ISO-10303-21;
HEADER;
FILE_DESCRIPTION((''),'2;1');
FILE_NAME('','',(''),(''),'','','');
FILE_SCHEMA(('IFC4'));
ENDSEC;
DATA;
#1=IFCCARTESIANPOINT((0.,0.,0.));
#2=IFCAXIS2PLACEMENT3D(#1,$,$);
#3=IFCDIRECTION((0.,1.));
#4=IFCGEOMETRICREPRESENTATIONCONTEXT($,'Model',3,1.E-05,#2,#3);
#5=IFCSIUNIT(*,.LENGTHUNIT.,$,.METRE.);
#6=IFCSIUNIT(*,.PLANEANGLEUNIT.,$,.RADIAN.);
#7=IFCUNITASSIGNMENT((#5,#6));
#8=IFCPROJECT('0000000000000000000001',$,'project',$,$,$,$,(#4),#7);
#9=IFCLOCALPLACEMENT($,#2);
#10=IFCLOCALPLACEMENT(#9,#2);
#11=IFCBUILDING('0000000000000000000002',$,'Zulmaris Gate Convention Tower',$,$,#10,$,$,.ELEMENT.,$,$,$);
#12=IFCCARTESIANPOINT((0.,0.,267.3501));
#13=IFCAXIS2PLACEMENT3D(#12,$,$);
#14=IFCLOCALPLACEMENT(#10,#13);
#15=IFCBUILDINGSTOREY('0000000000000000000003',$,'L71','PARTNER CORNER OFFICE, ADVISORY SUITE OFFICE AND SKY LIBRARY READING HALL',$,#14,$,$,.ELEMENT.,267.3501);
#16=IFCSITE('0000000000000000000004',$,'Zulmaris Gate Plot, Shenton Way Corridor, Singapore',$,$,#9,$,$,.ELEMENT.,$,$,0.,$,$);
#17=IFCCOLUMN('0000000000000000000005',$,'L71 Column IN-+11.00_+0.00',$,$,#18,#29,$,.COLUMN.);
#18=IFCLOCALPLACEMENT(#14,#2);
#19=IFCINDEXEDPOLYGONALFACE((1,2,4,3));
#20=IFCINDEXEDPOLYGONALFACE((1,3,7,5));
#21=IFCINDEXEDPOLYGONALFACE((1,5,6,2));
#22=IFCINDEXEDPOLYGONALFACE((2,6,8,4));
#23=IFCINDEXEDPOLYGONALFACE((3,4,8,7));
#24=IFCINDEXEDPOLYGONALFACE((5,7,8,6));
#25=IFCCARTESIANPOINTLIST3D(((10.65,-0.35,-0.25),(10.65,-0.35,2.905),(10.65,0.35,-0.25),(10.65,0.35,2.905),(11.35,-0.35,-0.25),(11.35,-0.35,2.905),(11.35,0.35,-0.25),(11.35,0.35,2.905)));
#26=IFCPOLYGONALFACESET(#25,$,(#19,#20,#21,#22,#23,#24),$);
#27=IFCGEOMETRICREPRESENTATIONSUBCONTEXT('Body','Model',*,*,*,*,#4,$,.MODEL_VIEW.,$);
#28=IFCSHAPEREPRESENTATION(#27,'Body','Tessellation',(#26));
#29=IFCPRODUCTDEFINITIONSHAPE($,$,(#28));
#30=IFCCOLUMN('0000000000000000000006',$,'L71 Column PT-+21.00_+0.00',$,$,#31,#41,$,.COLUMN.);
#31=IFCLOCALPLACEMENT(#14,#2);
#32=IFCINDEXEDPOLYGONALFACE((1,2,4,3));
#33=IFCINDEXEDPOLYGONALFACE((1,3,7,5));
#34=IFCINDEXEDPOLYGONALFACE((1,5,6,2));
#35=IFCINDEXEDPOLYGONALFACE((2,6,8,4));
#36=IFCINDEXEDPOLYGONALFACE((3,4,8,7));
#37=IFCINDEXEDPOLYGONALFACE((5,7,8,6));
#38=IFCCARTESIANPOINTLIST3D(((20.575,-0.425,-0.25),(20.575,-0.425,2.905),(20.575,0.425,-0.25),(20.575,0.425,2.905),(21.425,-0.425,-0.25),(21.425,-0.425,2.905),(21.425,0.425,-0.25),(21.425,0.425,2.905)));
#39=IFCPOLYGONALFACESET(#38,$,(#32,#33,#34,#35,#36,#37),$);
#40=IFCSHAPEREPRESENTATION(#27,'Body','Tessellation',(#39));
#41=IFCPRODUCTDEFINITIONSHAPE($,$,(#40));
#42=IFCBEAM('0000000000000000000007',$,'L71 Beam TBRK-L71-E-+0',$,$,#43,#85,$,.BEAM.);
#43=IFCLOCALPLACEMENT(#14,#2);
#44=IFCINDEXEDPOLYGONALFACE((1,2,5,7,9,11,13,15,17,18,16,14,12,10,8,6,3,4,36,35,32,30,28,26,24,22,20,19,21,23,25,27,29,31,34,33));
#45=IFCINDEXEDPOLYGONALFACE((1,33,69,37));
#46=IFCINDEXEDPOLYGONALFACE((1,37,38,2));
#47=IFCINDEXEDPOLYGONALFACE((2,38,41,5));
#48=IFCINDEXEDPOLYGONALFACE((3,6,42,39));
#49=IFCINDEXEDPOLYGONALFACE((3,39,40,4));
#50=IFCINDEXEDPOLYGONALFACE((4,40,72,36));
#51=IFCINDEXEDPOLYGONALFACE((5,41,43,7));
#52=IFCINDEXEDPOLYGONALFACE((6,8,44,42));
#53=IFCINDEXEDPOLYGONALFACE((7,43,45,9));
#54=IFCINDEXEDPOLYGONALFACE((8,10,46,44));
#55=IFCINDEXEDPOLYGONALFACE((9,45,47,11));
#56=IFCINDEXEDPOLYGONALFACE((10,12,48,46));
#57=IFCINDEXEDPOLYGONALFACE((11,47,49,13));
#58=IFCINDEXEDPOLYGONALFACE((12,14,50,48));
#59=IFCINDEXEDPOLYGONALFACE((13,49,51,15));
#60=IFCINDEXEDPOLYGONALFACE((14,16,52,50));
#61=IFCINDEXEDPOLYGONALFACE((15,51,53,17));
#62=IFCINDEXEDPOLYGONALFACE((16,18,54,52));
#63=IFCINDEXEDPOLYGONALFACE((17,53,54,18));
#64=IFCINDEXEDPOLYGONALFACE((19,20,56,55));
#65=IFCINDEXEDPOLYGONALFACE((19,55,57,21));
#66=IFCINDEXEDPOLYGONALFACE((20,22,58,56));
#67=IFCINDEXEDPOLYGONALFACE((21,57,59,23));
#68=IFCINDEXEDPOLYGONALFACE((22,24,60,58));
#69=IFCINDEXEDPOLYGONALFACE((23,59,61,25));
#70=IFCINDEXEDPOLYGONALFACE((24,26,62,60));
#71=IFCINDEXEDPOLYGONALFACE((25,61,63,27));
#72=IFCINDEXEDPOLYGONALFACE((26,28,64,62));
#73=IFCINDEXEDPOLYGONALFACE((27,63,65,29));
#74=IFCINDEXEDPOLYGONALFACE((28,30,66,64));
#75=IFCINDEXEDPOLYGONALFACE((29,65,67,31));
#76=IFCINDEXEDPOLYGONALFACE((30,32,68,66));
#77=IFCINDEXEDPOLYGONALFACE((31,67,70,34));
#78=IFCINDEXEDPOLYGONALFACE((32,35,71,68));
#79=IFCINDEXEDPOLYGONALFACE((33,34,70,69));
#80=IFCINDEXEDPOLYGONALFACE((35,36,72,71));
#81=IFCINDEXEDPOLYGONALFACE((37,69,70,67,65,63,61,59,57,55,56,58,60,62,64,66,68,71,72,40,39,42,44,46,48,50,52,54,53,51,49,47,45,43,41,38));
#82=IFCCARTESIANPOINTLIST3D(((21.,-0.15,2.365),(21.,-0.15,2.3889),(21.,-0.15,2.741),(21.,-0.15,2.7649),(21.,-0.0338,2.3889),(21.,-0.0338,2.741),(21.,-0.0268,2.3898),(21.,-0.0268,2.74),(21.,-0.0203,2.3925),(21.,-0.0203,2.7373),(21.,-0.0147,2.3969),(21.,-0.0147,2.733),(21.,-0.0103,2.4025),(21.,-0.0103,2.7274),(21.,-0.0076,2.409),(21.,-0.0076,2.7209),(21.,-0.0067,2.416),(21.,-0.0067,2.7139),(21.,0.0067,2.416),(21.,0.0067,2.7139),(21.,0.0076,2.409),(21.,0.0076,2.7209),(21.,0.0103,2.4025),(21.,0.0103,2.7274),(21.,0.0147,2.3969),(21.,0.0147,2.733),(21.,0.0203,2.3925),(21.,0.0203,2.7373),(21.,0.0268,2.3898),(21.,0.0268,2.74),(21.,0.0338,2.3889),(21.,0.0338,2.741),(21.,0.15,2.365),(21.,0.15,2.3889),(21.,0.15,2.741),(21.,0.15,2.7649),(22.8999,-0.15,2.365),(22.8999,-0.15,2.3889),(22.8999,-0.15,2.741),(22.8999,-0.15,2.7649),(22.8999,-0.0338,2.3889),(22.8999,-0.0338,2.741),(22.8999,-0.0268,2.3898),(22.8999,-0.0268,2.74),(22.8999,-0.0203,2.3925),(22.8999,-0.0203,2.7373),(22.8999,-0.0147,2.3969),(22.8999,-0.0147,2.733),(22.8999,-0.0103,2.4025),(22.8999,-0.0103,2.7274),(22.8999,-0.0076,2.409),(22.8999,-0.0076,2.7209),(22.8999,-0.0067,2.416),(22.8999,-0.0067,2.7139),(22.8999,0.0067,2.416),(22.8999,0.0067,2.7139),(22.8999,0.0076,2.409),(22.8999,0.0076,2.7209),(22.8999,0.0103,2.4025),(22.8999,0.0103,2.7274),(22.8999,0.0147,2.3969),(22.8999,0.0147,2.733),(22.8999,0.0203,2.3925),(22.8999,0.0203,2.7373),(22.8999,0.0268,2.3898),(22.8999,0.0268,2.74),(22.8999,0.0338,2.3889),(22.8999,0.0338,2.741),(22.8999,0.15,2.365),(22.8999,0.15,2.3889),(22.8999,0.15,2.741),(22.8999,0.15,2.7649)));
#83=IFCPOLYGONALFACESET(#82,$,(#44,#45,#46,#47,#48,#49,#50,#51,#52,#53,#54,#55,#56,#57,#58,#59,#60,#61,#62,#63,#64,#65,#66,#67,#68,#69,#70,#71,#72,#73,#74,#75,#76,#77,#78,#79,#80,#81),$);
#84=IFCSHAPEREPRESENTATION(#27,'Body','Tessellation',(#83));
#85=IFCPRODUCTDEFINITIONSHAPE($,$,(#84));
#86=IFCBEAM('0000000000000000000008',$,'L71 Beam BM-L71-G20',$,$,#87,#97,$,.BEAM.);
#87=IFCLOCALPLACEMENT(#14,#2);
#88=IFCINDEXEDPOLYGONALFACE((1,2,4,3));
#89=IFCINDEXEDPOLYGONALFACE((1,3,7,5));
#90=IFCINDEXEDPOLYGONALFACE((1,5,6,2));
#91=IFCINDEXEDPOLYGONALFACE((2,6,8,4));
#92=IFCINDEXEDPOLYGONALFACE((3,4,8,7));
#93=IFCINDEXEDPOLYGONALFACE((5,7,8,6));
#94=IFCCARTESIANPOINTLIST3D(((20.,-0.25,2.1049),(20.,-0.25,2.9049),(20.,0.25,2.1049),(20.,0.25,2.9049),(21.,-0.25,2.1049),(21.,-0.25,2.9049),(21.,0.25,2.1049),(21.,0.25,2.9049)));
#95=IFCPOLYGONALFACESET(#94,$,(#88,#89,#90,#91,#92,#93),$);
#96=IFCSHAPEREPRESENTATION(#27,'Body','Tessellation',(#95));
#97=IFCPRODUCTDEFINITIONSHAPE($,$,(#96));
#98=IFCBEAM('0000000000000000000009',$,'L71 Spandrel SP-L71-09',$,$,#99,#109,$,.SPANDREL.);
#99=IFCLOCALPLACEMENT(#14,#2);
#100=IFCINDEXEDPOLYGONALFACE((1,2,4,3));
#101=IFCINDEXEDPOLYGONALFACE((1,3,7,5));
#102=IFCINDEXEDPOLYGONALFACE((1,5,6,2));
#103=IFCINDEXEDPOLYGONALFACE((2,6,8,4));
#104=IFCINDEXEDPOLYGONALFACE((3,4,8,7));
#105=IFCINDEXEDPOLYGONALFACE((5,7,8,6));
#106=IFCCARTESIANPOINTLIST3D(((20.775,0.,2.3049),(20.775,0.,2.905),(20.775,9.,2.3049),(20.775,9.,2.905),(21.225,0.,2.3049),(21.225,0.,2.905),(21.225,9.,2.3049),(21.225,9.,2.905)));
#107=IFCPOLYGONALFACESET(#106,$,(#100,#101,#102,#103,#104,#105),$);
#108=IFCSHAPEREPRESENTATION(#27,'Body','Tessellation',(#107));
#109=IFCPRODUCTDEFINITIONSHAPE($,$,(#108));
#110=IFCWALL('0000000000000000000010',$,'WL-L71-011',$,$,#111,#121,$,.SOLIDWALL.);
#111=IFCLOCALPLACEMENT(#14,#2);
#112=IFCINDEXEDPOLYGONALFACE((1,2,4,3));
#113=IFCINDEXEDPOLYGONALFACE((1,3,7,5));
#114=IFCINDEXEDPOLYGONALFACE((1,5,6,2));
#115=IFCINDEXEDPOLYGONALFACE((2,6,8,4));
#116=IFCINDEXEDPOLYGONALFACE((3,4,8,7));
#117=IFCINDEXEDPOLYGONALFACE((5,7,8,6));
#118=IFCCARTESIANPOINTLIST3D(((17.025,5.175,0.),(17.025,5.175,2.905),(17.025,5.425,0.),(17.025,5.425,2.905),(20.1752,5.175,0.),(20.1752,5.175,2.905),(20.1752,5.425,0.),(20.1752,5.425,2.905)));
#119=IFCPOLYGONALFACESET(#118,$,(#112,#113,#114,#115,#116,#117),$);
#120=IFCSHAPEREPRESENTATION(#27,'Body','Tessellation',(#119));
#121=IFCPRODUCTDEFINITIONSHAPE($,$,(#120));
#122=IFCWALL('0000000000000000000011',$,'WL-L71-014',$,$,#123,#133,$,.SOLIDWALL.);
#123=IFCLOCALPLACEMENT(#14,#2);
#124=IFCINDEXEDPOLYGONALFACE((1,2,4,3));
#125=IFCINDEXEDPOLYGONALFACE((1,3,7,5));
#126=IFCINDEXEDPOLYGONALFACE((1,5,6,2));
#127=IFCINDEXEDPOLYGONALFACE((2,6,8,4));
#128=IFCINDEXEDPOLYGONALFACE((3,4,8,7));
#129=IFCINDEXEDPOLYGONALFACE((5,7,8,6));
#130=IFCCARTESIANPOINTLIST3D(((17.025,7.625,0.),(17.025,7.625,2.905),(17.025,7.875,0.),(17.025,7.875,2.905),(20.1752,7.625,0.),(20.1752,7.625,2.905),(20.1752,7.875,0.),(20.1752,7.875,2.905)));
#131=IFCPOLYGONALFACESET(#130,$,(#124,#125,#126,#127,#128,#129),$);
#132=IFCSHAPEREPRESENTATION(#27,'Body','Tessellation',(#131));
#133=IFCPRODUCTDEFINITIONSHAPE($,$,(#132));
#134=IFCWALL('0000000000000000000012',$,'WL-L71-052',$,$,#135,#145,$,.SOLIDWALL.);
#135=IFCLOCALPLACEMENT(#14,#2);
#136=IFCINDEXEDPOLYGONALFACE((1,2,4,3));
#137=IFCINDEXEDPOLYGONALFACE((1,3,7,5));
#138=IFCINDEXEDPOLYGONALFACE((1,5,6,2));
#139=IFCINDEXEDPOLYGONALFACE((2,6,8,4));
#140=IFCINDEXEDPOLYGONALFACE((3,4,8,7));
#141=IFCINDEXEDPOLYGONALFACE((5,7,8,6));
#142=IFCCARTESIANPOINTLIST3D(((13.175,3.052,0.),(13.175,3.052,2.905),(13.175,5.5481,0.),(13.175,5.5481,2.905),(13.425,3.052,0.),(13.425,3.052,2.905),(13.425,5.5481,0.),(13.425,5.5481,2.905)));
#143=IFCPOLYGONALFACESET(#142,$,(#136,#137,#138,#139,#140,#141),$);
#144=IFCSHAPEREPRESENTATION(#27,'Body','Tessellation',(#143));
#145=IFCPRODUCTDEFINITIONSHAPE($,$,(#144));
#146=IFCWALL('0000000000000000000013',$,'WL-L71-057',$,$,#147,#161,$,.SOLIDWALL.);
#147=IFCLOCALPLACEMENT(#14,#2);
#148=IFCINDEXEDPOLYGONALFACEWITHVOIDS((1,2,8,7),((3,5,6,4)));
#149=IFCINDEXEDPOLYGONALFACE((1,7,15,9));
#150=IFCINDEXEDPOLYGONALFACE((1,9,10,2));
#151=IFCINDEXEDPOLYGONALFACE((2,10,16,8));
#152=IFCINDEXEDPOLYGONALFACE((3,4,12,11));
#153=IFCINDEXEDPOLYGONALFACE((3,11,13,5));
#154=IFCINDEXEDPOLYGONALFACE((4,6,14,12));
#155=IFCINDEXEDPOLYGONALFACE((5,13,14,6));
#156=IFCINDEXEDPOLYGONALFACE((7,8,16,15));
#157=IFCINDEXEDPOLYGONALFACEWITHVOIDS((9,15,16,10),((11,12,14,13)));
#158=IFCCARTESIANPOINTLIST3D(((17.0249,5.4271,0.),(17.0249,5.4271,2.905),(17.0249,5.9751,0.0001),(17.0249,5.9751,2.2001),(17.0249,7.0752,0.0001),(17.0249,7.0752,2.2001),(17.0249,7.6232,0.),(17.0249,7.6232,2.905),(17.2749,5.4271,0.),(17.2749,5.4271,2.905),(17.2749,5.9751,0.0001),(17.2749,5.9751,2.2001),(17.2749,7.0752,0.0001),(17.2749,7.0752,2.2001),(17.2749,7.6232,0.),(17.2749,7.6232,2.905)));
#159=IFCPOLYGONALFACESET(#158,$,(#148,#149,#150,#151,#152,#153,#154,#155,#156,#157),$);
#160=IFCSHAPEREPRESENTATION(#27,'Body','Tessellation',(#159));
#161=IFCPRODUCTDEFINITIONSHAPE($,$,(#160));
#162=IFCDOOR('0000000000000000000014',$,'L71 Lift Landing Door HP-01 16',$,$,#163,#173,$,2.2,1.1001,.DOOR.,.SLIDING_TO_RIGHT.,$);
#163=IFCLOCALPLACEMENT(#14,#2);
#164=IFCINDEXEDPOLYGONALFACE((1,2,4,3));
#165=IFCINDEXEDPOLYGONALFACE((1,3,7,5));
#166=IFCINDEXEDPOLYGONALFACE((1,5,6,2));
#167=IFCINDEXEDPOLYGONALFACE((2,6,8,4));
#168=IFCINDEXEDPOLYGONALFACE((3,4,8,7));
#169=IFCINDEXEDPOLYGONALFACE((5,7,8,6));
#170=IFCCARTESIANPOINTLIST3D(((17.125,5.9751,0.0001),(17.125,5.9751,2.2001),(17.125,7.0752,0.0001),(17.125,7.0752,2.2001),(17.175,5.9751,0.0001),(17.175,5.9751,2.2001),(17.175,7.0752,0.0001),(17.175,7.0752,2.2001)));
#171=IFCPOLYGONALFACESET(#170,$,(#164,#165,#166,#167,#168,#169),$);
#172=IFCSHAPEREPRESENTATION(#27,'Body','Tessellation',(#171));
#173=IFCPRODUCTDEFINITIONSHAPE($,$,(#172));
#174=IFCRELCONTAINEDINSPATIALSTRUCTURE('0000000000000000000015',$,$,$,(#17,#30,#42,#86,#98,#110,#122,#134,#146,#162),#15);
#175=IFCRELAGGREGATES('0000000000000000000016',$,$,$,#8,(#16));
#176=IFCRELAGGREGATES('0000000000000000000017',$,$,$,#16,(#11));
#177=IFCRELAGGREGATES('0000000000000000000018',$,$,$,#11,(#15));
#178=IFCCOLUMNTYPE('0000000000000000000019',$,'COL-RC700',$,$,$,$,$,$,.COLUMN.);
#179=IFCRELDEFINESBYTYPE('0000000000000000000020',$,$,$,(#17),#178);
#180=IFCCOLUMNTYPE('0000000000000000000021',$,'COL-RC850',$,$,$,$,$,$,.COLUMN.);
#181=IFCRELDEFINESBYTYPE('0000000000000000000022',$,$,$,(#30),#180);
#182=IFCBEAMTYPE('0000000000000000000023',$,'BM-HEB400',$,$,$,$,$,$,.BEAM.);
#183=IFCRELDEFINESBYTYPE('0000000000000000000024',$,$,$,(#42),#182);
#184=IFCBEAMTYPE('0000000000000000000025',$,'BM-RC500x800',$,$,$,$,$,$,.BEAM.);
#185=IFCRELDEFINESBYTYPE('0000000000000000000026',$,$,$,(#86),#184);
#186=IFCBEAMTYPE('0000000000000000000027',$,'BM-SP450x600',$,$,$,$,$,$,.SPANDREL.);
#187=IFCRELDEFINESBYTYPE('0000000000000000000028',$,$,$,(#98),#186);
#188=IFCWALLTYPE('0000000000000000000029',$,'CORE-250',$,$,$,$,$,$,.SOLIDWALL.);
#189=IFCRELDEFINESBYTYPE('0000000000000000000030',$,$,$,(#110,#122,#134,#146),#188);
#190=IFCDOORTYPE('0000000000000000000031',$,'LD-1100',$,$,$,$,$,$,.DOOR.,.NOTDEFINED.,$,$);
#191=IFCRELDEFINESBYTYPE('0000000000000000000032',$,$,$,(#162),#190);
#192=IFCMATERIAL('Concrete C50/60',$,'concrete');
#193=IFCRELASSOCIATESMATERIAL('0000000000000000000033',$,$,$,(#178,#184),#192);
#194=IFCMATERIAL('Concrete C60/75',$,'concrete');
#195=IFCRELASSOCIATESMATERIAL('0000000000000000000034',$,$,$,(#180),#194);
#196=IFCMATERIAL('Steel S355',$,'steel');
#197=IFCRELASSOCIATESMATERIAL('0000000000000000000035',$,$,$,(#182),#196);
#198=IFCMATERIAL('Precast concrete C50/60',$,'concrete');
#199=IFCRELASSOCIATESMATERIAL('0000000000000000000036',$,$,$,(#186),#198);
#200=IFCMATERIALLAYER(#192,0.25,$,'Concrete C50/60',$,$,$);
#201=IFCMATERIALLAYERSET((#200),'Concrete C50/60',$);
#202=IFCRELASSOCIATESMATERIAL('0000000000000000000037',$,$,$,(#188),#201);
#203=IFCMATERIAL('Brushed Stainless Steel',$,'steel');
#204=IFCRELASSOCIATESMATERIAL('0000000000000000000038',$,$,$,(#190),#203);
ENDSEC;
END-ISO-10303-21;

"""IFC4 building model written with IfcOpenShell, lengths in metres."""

from ifc_helpers import new_model, si_unit, direction, frame, frame_2d, origin, origin_2d, place, context, subcontext, project, spatial, rectangle, i_section, extrude, material, layer, layer_set, material_profile, profile_set, type_object, element, fill, save


model = new_model("IFC4")

# Units and contexts
model_context = context("Model", 3, precision=1e-05, world=origin(), true_north=direction((0.0, 1.0)))
body_context = subcontext(model_context, "Body", "Model", "MODEL_VIEW")
ifc_project = project(units=[si_unit("LENGTHUNIT", "METRE"), si_unit("PLANEANGLEUNIT", "RADIAN")], contexts=[model_context])

# Site, building, storey
site_placement = place(None, origin())
site = spatial("IfcSite", under=ifc_project, at=site_placement, Name="Zulmaris Gate Plot, Shenton Way Corridor, Singapore", CompositionType="ELEMENT", RefElevation=0.0)
building_placement = place(site_placement, origin())
building = spatial("IfcBuilding", under=site, at=building_placement, Name="Zulmaris Gate Convention Tower", CompositionType="ELEMENT")
storey_placement = place(building_placement, frame((0.0, 0.0, 267.3501)))
storey = spatial("IfcBuildingStorey", under=building, at=storey_placement, Name="L71", Description="PARTNER CORNER OFFICE, ADVISORY SUITE OFFICE AND SKY LIBRARY READING HALL", CompositionType="ELEMENT", Elevation=267.3501)

# Columns
ifc_material_1 = material(Name="Concrete C50/60", Category="concrete")
ifc_material_profile_1 = material_profile(ifc_material_1, rectangle(XDim=0.7, YDim=0.7, at=origin_2d()), Name="RC COL 700x700")
ifc_profile_set_1 = profile_set([ifc_material_profile_1], Name="Concrete C50/60")
column_type_1 = type_object("IfcColumnType", Name="COL-RC700", PredefinedType="COLUMN", material=ifc_profile_set_1)
column_1_placement = place(storey_placement, frame((11.0, 0.0, -0.25), z_axis=(0.0, 0.0, 1.0), x_axis=(1.0, 0.0, 0.0)))
element("IfcColumn", 1, at=column_1_placement, inside=storey, type_object=column_type_1, Name="L71 Column IN-+11.00_+0.00", PredefinedType="COLUMN", context=body_context, shape_type="SweptSolid", body=[
    extrude(rectangle(XDim=0.7, YDim=0.7, at=origin_2d()), origin(), (0.0, 0.0, 1.0), 3.155),
])
ifc_material_2 = material(Name="Concrete C60/75", Category="concrete")
ifc_material_profile_2 = material_profile(ifc_material_2, rectangle(XDim=0.8501, YDim=0.8501, at=origin_2d()), Name="RC COL 850x850")
ifc_profile_set_2 = profile_set([ifc_material_profile_2], Name="Concrete C60/75")
column_type_2 = type_object("IfcColumnType", Name="COL-RC850", PredefinedType="COLUMN", material=ifc_profile_set_2)
column_2_placement = place(storey_placement, frame((21.0, 0.0, -0.25), z_axis=(0.0, 0.0, 1.0), x_axis=(1.0, 0.0, 0.0)))
element("IfcColumn", 2, at=column_2_placement, inside=storey, type_object=column_type_2, Name="L71 Column PT-+21.00_+0.00", PredefinedType="COLUMN", context=body_context, shape_type="SweptSolid", body=[
    extrude(rectangle(XDim=0.8501, YDim=0.8501, at=origin_2d()), origin(), (0.0, 0.0, 1.0), 3.155),
])

# Beams
ifc_material_3 = material(Name="Steel S355", Category="steel")
ifc_material_profile_3 = material_profile(ifc_material_3, i_section(OverallWidth=0.3, OverallDepth=0.3999, WebThickness=0.0134, FlangeThickness=0.0239, FilletRadius=0.0271, at=origin_2d()), Name="HEB 400")
ifc_profile_set_3 = profile_set([ifc_material_profile_3], Name="Steel S355")
beam_type_1 = type_object("IfcBeamType", Name="BM-HEB400", PredefinedType="BEAM", material=ifc_profile_set_3)
beam_1_placement = place(storey_placement, frame((21.0, 0.0, 2.5649), z_axis=(1.0, 0.0, 0.0), x_axis=(0.0, 1.0, 0.0)))
element("IfcBeam", 3, at=beam_1_placement, inside=storey, type_object=beam_type_1, Name="L71 Beam TBRK-L71-E-+0", PredefinedType="BEAM", context=body_context, shape_type="SweptSolid", body=[
    extrude(i_section(OverallWidth=0.3, OverallDepth=0.3999, WebThickness=0.0134, FlangeThickness=0.0239, FilletRadius=0.0271, at=origin_2d()), origin(), (0.0, 0.0, 1.0), 1.8999),
])
ifc_material_profile_4 = material_profile(ifc_material_1, rectangle(XDim=0.5, YDim=0.8, at=origin_2d()), Name="RC BEAM 500x800")
ifc_profile_set_4 = profile_set([ifc_material_profile_4], Name="Concrete C50/60")
beam_type_2 = type_object("IfcBeamType", Name="BM-RC500x800", PredefinedType="BEAM", material=ifc_profile_set_4)
beam_2_placement = place(storey_placement, frame((20.0, 0.0, 2.5049), z_axis=(1.0, 0.0, 0.0), x_axis=(0.0, 1.0, 0.0)))
element("IfcBeam", 4, at=beam_2_placement, inside=storey, type_object=beam_type_2, Name="L71 Beam BM-L71-G20", PredefinedType="BEAM", context=body_context, shape_type="SweptSolid", body=[
    extrude(rectangle(XDim=0.5, YDim=0.8, at=origin_2d()), origin(), (0.0, 0.0, 1.0), 1.0),
])
ifc_material_4 = material(Name="Precast concrete C50/60", Category="concrete")
ifc_material_profile_5 = material_profile(ifc_material_4, rectangle(XDim=0.45, YDim=0.6001, at=origin_2d()), Name="RC SPANDREL 450x600")
ifc_profile_set_5 = profile_set([ifc_material_profile_5], Name="Precast concrete C50/60")
beam_type_3 = type_object("IfcBeamType", Name="BM-SP450x600", PredefinedType="SPANDREL", material=ifc_profile_set_5)
beam_3_placement = place(storey_placement, frame((21.0, 0.0, 2.605), z_axis=(0.0, 1.0, 0.0), x_axis=(-1.0, 0.0, 0.0)))
element("IfcBeam", 5, at=beam_3_placement, inside=storey, type_object=beam_type_3, Name="L71 Spandrel SP-L71-09", PredefinedType="SPANDREL", context=body_context, shape_type="SweptSolid", body=[
    extrude(rectangle(XDim=0.45, YDim=0.6001, at=origin_2d()), origin(), (0.0, 0.0, 1.0), 9.0),
])

# Walls
ifc_layer_1 = layer(ifc_material_1, 0.25, Name="Concrete C50/60")
ifc_layer_set_1 = layer_set([ifc_layer_1], Name="Concrete C50/60")
wall_type_1 = type_object("IfcWallType", Name="CORE-250", PredefinedType="SOLIDWALL", material=ifc_layer_set_1)
for number, where, z_axis, x_axis, name in (
    (6, (17.0249, 5.3, 0.0), (0.0, 0.0, 1.0), (1.0, 0.0, 0.0), "WL-L71-011"),
    (7, (17.0249, 7.75, 0.0), (0.0, 0.0, 1.0), (1.0, 0.0, 0.0), "WL-L71-014"),
):
    element("IfcWall", number, at=place(storey_placement, frame(where, z_axis=z_axis, x_axis=x_axis)), inside=storey, type_object=wall_type_1, Name=name, PredefinedType="SOLIDWALL", context=body_context, shape_type="SweptSolid", body=[
        extrude(rectangle(XDim=3.1501, YDim=0.25, at=frame_2d((1.5752, 0.0))), origin(), (0.0, 0.0, 1.0), 2.905),
    ])
wall_1_placement = place(storey_placement, frame((13.3, 3.052, 0.0), z_axis=(0.0, 0.0, 1.0), x_axis=(0.0, 1.0, 0.0)))
element("IfcWall", 8, at=wall_1_placement, inside=storey, type_object=wall_type_1, Name="WL-L71-052", PredefinedType="SOLIDWALL", context=body_context, shape_type="SweptSolid", body=[
    extrude(rectangle(XDim=2.4961, YDim=0.25, at=frame_2d((1.248, 0.0))), origin(), (0.0, 0.0, 1.0), 2.905),
])

# Wall, opening, door
wall_2_placement = place(storey_placement, frame((17.1499, 5.427, 0.0), z_axis=(0.0, 0.0, 1.0), x_axis=(0.0, 1.0, 0.0)))
wall_2 = element("IfcWall", 9, at=wall_2_placement, inside=storey, type_object=wall_type_1, Name="WL-L71-057", PredefinedType="SOLIDWALL", context=body_context, shape_type="SweptSolid", body=[
    extrude(rectangle(XDim=2.196, YDim=0.25, at=frame_2d((1.0981, 0.0))), origin(), (0.0, 0.0, 1.0), 2.905),
])
opening_1_placement = place(wall_2_placement, frame((0.5481, 0.0, 0.0)))
opening_1 = element("IfcOpeningElement", 10, at=opening_1_placement, cuts=wall_2, PredefinedType="OPENING", context=body_context, shape_type="SweptSolid", body=[
    extrude(rectangle(XDim=1.1001, YDim=2.2, at=frame_2d((0.55, 1.1001))), frame((0.0, 0.135, 0.0), z_axis=(0.0, -1.0, 0.0), x_axis=(1.0, 0.0, 0.0)), (0.0, 0.0, 1.0), 0.27),
])
ifc_material_5 = material(Name="Brushed Stainless Steel", Category="steel")
door_type_1 = type_object("IfcDoorType", Name="LD-1100", OperationType="NOTDEFINED", PredefinedType="DOOR", material=ifc_material_5)
door_1_placement = place(opening_1_placement, origin())
door_1 = element("IfcDoor", 11, at=door_1_placement, inside=storey, type_object=door_type_1, Name="L71 Lift Landing Door HP-01 16", OperationType="SLIDING_TO_RIGHT", OverallHeight=2.2, OverallWidth=1.1001, PredefinedType="DOOR", context=body_context, shape_type="SweptSolid", body=[
    extrude(rectangle(XDim=1.1001, YDim=2.2, at=frame_2d((0.55, 1.1001))), frame((0.0, 0.0249, 0.0), z_axis=(0.0, -1.0, 0.0), x_axis=(1.0, 0.0, 0.0)), (0.0, 0.0, 1.0), 0.05),
])
fill(opening_1, door_1)

save(model, "model.ifc")
